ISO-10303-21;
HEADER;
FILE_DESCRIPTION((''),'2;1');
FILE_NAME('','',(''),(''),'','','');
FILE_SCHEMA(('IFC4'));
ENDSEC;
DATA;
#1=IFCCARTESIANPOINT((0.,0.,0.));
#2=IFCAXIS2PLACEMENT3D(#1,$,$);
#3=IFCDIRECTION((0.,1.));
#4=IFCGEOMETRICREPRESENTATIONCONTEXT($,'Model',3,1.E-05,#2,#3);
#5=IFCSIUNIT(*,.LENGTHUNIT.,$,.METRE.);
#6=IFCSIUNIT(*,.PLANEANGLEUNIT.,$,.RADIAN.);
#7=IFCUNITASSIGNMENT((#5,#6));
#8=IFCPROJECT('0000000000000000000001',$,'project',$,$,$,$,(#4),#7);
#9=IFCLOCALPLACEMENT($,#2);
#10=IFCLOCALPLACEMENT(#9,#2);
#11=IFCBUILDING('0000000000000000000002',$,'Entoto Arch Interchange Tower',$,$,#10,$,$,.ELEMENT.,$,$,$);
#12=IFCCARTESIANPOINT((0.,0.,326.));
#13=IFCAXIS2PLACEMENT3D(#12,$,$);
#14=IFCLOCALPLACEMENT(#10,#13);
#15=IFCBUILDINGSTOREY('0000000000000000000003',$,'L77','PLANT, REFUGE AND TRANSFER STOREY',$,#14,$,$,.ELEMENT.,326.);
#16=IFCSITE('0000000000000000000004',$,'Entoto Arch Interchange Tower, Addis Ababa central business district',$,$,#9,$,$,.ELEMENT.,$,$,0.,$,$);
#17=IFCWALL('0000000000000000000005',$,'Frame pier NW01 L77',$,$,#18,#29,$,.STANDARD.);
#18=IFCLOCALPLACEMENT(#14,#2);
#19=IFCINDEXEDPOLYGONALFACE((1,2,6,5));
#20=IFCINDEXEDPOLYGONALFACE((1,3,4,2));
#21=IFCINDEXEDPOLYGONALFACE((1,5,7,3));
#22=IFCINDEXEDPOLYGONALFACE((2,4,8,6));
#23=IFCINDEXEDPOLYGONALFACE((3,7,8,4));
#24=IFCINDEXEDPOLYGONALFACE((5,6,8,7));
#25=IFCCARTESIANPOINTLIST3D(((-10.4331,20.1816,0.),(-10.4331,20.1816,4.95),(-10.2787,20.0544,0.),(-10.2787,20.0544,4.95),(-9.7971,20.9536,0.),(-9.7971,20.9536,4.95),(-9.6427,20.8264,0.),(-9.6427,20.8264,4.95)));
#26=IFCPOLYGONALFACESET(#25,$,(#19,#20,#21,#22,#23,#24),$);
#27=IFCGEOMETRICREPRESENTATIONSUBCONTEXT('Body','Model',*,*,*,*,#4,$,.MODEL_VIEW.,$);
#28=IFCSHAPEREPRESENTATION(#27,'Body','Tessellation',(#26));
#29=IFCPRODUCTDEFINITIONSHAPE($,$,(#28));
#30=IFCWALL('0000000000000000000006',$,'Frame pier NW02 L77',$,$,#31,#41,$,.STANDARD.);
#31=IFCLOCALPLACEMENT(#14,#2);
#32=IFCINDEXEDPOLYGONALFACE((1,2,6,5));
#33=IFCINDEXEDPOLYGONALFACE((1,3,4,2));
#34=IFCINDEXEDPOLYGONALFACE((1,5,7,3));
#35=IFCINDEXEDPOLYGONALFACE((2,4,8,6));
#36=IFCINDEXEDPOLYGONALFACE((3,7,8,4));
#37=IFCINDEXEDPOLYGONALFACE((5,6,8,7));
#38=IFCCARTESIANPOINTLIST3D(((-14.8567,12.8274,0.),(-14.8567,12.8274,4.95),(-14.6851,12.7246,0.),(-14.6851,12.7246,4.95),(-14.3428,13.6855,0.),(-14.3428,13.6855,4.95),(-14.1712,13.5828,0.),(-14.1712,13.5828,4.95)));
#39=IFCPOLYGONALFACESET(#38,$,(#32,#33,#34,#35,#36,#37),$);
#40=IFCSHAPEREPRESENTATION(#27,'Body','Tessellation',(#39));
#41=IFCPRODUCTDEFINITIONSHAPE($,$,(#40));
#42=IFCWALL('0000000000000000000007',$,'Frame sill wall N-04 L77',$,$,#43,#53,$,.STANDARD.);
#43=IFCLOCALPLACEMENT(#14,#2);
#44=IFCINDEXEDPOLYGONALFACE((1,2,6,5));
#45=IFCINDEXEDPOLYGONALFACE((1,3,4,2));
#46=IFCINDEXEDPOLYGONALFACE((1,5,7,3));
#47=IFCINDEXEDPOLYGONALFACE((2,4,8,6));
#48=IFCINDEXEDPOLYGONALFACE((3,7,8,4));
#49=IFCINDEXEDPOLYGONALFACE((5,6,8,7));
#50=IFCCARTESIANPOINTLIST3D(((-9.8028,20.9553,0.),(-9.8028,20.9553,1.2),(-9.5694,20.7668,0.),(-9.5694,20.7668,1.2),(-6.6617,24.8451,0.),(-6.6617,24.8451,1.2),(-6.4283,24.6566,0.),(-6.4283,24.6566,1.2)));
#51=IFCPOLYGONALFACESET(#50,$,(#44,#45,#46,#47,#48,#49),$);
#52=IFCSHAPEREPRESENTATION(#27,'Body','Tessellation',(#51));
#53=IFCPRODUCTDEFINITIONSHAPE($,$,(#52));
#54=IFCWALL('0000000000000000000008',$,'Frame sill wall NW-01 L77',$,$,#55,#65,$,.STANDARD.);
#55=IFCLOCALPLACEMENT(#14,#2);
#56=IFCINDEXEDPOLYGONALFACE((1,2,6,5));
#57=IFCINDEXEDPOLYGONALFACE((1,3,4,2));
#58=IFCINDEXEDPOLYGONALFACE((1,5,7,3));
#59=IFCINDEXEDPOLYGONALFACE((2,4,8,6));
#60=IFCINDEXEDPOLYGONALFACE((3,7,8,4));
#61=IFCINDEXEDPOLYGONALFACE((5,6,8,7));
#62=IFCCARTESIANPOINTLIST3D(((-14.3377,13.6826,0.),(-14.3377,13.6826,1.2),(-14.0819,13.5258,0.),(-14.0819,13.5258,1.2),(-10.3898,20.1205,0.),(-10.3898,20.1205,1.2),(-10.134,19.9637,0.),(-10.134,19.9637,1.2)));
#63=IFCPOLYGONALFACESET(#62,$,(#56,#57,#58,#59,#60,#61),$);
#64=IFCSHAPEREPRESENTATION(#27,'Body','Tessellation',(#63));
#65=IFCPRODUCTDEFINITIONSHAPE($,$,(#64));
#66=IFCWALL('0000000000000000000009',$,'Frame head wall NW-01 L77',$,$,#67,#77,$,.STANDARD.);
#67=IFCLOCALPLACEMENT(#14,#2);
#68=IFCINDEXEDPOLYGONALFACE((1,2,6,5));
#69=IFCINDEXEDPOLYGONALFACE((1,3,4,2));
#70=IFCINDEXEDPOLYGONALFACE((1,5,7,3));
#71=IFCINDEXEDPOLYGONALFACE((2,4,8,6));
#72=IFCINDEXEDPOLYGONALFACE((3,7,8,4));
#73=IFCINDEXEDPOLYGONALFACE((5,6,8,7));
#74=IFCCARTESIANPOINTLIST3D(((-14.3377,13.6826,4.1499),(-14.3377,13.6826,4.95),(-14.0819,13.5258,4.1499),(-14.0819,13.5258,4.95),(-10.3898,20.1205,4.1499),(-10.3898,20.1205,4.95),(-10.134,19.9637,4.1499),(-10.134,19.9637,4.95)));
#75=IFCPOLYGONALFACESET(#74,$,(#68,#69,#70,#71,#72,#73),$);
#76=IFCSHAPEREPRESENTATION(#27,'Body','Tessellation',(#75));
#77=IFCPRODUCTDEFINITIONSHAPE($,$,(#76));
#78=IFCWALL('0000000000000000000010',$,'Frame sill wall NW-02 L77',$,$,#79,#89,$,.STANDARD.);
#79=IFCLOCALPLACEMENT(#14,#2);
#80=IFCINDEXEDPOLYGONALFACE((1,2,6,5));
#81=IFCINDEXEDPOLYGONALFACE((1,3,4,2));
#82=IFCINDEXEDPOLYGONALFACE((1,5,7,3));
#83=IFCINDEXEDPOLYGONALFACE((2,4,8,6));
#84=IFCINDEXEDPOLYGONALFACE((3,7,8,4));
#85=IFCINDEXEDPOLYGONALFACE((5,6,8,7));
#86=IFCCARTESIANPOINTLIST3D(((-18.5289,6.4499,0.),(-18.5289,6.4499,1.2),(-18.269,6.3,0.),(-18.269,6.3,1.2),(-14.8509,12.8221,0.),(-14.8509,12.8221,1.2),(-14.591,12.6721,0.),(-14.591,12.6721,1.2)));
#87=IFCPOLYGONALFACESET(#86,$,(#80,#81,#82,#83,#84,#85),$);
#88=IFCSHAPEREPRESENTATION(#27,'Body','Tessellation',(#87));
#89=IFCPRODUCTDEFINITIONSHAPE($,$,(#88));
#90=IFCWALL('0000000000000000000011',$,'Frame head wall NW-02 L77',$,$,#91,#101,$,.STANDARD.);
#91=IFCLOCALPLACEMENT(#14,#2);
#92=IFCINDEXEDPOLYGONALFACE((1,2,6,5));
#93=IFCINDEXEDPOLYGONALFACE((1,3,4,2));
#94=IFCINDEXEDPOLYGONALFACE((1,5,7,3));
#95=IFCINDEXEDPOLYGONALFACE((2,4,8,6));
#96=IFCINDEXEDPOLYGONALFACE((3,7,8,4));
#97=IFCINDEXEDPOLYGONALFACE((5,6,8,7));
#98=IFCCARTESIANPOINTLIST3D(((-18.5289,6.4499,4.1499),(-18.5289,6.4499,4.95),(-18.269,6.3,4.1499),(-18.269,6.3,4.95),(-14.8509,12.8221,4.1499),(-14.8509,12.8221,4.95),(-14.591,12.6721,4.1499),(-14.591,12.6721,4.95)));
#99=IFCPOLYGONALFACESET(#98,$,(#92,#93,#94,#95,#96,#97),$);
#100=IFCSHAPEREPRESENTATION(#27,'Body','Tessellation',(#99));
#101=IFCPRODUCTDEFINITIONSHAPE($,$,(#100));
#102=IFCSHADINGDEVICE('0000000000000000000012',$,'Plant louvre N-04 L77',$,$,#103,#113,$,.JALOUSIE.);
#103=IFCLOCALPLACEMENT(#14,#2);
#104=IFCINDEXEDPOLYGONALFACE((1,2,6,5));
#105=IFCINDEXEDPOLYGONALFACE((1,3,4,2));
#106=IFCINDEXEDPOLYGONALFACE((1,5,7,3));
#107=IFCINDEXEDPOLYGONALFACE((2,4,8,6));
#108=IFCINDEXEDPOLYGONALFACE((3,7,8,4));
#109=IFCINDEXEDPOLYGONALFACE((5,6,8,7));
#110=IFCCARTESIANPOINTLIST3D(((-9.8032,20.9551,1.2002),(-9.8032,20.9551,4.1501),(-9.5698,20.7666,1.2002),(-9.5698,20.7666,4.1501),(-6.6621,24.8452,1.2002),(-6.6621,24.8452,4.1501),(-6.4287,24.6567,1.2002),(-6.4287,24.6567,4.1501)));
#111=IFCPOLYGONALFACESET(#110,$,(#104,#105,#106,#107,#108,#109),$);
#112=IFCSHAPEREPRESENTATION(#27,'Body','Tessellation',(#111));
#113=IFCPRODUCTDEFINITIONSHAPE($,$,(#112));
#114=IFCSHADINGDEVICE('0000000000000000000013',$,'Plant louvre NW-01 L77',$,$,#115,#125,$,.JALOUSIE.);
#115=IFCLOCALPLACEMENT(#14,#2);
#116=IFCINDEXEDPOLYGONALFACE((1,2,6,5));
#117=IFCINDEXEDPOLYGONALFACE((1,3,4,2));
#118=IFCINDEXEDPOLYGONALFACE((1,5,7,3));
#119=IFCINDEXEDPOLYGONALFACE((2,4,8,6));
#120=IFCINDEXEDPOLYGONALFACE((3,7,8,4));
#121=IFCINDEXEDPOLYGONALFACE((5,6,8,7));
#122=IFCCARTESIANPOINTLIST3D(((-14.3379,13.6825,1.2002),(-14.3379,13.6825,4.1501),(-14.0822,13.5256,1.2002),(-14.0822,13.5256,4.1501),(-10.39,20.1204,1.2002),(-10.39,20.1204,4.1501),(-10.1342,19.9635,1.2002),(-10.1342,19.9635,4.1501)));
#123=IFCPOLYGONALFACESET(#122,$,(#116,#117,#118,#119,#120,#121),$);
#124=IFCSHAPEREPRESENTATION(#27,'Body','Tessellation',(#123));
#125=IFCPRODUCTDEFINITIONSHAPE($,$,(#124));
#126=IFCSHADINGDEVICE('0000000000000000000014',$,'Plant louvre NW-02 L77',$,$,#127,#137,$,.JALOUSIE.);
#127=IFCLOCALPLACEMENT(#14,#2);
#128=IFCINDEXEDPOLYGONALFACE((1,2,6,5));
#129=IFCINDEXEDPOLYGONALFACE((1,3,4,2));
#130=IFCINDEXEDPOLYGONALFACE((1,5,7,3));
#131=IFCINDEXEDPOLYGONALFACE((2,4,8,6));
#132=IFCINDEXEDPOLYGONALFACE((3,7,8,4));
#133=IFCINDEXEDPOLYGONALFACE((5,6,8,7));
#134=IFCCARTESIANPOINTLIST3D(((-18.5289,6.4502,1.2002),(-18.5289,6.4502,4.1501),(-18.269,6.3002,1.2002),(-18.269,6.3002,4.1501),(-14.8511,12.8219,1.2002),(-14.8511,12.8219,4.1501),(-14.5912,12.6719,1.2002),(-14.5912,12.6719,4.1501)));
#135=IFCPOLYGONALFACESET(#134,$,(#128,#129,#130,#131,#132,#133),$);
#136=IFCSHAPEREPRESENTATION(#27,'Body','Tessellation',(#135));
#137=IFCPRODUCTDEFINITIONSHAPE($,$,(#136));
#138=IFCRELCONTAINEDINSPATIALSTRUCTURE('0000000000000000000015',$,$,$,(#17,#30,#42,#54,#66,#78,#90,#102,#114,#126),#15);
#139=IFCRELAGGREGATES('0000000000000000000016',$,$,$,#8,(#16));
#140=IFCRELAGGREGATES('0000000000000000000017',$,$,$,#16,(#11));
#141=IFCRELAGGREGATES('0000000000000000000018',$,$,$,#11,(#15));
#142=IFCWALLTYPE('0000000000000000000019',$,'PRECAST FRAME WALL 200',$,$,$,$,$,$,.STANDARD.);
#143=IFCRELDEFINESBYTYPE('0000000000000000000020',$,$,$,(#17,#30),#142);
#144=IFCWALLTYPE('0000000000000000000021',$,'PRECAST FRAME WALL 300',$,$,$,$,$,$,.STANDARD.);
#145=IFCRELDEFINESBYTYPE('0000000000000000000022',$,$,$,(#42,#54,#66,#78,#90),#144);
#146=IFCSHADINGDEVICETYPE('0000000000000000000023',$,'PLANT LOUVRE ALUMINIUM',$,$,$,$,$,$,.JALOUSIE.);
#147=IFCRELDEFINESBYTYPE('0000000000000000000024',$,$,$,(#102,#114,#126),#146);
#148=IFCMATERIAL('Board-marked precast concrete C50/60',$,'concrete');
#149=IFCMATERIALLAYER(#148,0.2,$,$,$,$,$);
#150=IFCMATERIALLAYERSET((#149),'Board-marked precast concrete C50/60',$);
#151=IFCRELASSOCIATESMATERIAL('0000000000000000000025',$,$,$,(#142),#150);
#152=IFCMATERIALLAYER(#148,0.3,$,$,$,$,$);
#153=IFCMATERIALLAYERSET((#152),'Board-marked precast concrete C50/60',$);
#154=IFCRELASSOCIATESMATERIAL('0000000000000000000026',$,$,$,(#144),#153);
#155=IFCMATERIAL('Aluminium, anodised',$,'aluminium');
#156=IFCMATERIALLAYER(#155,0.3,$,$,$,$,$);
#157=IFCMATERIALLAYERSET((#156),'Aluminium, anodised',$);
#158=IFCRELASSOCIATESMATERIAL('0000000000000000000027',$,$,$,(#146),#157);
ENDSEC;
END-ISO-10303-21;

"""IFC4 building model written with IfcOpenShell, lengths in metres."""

from ifc_helpers import new_model, si_unit, direction, frame, frame_2d, origin, origin_2d, place, context, subcontext, project, spatial, rectangle, extrude, material, layer, layer_set, type_object, element, save


model = new_model("IFC4")

# Units and contexts
model_context = context("Model", 3, precision=1e-05, world=origin(), true_north=direction((0.0, 1.0)))
body_context = subcontext(model_context, "Body", "Model", "MODEL_VIEW")
ifc_project = project(units=[si_unit("LENGTHUNIT", "METRE"), si_unit("PLANEANGLEUNIT", "RADIAN")], contexts=[model_context])

# Site, building, storey
site_placement = place(None, origin())
site = spatial("IfcSite", under=ifc_project, at=site_placement, Name="Entoto Arch Interchange Tower, Addis Ababa central business district", CompositionType="ELEMENT", RefElevation=0.0)
building_placement = place(site_placement, origin())
building = spatial("IfcBuilding", under=site, at=building_placement, Name="Entoto Arch Interchange Tower", CompositionType="ELEMENT")
storey_placement = place(building_placement, frame((0.0, 0.0, 326.0)))
storey = spatial("IfcBuildingStorey", under=building, at=storey_placement, Name="L77", Description="PLANT, REFUGE AND TRANSFER STOREY", CompositionType="ELEMENT", Elevation=326.0)

# Walls
ifc_material_1 = material(Name="Board-marked precast concrete C50/60", Category="concrete")
ifc_layer_1 = layer(ifc_material_1, 0.2)
ifc_layer_set_1 = layer_set([ifc_layer_1], Name="Board-marked precast concrete C50/60")
wall_type_1 = type_object("IfcWallType", Name="PRECAST FRAME WALL 200", PredefinedType="STANDARD", material=ifc_layer_set_1)
for number, where, z_axis, x_axis, name in (
    (1, (-9.72, 20.8899, 0.0), (0.0, 0.0, 1.0), (-0.635853, -0.77181, 0.0), "Frame pier NW01 L77"),
    (2, (-14.2571, 13.634, 0.0), (0.0, 0.0, 1.0), (-0.513778, -0.857923, 0.0), "Frame pier NW02 L77"),
):
    element("IfcWall", number, at=place(storey_placement, frame(where, z_axis=z_axis, x_axis=x_axis)), inside=storey, type_object=wall_type_1, Name=name, PredefinedType="STANDARD", context=body_context, shape_type="SweptSolid", body=[
        extrude(rectangle(XDim=1.0002, YDim=0.2, at=frame_2d((0.5, 0.0))), origin(), (0.0, 0.0, 1.0), 4.95),
    ])
ifc_layer_2 = layer(ifc_material_1, 0.3)
ifc_layer_set_2 = layer_set([ifc_layer_2], Name="Board-marked precast concrete C50/60")
wall_type_2 = type_object("IfcWallType", Name="PRECAST FRAME WALL 300", PredefinedType="STANDARD", material=ifc_layer_set_2)
wall_1_placement = place(storey_placement, frame((-6.5449, 24.751, 0.0), z_axis=(0.0, 0.0, 1.0), x_axis=(-0.62825, -0.778012, 0.0)))
element("IfcWall", 3, at=wall_1_placement, inside=storey, type_object=wall_type_2, Name="Frame sill wall N-04 L77", PredefinedType="STANDARD", context=body_context, shape_type="SweptSolid", body=[
    extrude(rectangle(XDim=4.9998, YDim=0.3, at=frame_2d((2.5, 0.0))), origin(), (0.0, 0.0, 1.0), 1.2),
])
wall_2_placement = place(storey_placement, frame((-10.262, 20.042, 0.0), z_axis=(0.0, 0.0, 1.0), x_axis=(-0.522767, -0.852475, 0.0)))
element("IfcWall", 4, at=wall_2_placement, inside=storey, type_object=wall_type_2, Name="Frame sill wall NW-01 L77", PredefinedType="STANDARD", context=body_context, shape_type="SweptSolid", body=[
    extrude(rectangle(XDim=7.552, YDim=0.3, at=frame_2d((3.7759, 0.0))), origin(), (0.0, 0.0, 1.0), 1.2),
])
wall_3_placement = place(storey_placement, frame((-10.262, 20.042, 4.1499), z_axis=(0.0, 0.0, 1.0), x_axis=(-0.522767, -0.852475, 0.0)))
element("IfcWall", 5, at=wall_3_placement, inside=storey, type_object=wall_type_2, Name="Frame head wall NW-01 L77", PredefinedType="STANDARD", context=body_context, shape_type="SweptSolid", body=[
    extrude(rectangle(XDim=7.552, YDim=0.3, at=frame_2d((3.7759, 0.0))), origin(), (0.0, 0.0, 1.0), 0.8),
])
wall_4_placement = place(storey_placement, frame((-14.7209, 12.7471, 0.0), z_axis=(0.0, 0.0, 1.0), x_axis=(-0.499904, -0.866081, 0.0)))
element("IfcWall", 6, at=wall_4_placement, inside=storey, type_object=wall_type_2, Name="Frame sill wall NW-02 L77", PredefinedType="STANDARD", context=body_context, shape_type="SweptSolid", body=[
    extrude(rectangle(XDim=7.3574, YDim=0.3, at=frame_2d((3.6787, 0.0))), origin(), (0.0, 0.0, 1.0), 1.2),
])
wall_5_placement = place(storey_placement, frame((-14.7209, 12.7471, 4.1499), z_axis=(0.0, 0.0, 1.0), x_axis=(-0.499904, -0.866081, 0.0)))
element("IfcWall", 7, at=wall_5_placement, inside=storey, type_object=wall_type_2, Name="Frame head wall NW-02 L77", PredefinedType="STANDARD", context=body_context, shape_type="SweptSolid", body=[
    extrude(rectangle(XDim=7.3574, YDim=0.3, at=frame_2d((3.6787, 0.0))), origin(), (0.0, 0.0, 1.0), 0.8),
])

# Shading devices
ifc_material_2 = material(Name="Aluminium, anodised", Category="aluminium")
ifc_layer_3 = layer(ifc_material_2, 0.3)
ifc_layer_set_3 = layer_set([ifc_layer_3], Name="Aluminium, anodised")
shading_device_type = type_object("IfcShadingDeviceType", Name="PLANT LOUVRE ALUMINIUM", PredefinedType="JALOUSIE", material=ifc_layer_set_3)
shading_device_1_placement = place(storey_placement, frame((-8.116, 22.8059, 1.2002), z_axis=(0.0, 0.0, 1.0), x_axis=(-0.628221, -0.778035, 0.0)))
element("IfcShadingDevice", 8, at=shading_device_1_placement, inside=storey, type_object=shading_device_type, Name="Plant louvre N-04 L77", PredefinedType="JALOUSIE", context=body_context, shape_type="SweptSolid", body=[
    extrude(rectangle(XDim=5.0, YDim=0.3, at=origin_2d()), origin(), (0.0, 0.0, 1.0), 2.95),
])
shading_device_2_placement = place(storey_placement, frame((-12.2361, 16.823, 1.2002), z_axis=(0.0, 0.0, 1.0), x_axis=(-0.522766, -0.852476, 0.0)))
element("IfcShadingDevice", 9, at=shading_device_2_placement, inside=storey, type_object=shading_device_type, Name="Plant louvre NW-01 L77", PredefinedType="JALOUSIE", context=body_context, shape_type="SweptSolid", body=[
    extrude(rectangle(XDim=7.552, YDim=0.3, at=origin_2d()), origin(), (0.0, 0.0, 1.0), 2.95),
])
shading_device_3_placement = place(storey_placement, frame((-16.5601, 9.561, 1.2002), z_axis=(0.0, 0.0, 1.0), x_axis=(-0.499909, -0.866078, 0.0)))
element("IfcShadingDevice", 10, at=shading_device_3_placement, inside=storey, type_object=shading_device_type, Name="Plant louvre NW-02 L77", PredefinedType="JALOUSIE", context=body_context, shape_type="SweptSolid", body=[
    extrude(rectangle(XDim=7.3569, YDim=0.3, at=origin_2d()), origin(), (0.0, 0.0, 1.0), 2.95),
])

save(model, "model.ifc")
